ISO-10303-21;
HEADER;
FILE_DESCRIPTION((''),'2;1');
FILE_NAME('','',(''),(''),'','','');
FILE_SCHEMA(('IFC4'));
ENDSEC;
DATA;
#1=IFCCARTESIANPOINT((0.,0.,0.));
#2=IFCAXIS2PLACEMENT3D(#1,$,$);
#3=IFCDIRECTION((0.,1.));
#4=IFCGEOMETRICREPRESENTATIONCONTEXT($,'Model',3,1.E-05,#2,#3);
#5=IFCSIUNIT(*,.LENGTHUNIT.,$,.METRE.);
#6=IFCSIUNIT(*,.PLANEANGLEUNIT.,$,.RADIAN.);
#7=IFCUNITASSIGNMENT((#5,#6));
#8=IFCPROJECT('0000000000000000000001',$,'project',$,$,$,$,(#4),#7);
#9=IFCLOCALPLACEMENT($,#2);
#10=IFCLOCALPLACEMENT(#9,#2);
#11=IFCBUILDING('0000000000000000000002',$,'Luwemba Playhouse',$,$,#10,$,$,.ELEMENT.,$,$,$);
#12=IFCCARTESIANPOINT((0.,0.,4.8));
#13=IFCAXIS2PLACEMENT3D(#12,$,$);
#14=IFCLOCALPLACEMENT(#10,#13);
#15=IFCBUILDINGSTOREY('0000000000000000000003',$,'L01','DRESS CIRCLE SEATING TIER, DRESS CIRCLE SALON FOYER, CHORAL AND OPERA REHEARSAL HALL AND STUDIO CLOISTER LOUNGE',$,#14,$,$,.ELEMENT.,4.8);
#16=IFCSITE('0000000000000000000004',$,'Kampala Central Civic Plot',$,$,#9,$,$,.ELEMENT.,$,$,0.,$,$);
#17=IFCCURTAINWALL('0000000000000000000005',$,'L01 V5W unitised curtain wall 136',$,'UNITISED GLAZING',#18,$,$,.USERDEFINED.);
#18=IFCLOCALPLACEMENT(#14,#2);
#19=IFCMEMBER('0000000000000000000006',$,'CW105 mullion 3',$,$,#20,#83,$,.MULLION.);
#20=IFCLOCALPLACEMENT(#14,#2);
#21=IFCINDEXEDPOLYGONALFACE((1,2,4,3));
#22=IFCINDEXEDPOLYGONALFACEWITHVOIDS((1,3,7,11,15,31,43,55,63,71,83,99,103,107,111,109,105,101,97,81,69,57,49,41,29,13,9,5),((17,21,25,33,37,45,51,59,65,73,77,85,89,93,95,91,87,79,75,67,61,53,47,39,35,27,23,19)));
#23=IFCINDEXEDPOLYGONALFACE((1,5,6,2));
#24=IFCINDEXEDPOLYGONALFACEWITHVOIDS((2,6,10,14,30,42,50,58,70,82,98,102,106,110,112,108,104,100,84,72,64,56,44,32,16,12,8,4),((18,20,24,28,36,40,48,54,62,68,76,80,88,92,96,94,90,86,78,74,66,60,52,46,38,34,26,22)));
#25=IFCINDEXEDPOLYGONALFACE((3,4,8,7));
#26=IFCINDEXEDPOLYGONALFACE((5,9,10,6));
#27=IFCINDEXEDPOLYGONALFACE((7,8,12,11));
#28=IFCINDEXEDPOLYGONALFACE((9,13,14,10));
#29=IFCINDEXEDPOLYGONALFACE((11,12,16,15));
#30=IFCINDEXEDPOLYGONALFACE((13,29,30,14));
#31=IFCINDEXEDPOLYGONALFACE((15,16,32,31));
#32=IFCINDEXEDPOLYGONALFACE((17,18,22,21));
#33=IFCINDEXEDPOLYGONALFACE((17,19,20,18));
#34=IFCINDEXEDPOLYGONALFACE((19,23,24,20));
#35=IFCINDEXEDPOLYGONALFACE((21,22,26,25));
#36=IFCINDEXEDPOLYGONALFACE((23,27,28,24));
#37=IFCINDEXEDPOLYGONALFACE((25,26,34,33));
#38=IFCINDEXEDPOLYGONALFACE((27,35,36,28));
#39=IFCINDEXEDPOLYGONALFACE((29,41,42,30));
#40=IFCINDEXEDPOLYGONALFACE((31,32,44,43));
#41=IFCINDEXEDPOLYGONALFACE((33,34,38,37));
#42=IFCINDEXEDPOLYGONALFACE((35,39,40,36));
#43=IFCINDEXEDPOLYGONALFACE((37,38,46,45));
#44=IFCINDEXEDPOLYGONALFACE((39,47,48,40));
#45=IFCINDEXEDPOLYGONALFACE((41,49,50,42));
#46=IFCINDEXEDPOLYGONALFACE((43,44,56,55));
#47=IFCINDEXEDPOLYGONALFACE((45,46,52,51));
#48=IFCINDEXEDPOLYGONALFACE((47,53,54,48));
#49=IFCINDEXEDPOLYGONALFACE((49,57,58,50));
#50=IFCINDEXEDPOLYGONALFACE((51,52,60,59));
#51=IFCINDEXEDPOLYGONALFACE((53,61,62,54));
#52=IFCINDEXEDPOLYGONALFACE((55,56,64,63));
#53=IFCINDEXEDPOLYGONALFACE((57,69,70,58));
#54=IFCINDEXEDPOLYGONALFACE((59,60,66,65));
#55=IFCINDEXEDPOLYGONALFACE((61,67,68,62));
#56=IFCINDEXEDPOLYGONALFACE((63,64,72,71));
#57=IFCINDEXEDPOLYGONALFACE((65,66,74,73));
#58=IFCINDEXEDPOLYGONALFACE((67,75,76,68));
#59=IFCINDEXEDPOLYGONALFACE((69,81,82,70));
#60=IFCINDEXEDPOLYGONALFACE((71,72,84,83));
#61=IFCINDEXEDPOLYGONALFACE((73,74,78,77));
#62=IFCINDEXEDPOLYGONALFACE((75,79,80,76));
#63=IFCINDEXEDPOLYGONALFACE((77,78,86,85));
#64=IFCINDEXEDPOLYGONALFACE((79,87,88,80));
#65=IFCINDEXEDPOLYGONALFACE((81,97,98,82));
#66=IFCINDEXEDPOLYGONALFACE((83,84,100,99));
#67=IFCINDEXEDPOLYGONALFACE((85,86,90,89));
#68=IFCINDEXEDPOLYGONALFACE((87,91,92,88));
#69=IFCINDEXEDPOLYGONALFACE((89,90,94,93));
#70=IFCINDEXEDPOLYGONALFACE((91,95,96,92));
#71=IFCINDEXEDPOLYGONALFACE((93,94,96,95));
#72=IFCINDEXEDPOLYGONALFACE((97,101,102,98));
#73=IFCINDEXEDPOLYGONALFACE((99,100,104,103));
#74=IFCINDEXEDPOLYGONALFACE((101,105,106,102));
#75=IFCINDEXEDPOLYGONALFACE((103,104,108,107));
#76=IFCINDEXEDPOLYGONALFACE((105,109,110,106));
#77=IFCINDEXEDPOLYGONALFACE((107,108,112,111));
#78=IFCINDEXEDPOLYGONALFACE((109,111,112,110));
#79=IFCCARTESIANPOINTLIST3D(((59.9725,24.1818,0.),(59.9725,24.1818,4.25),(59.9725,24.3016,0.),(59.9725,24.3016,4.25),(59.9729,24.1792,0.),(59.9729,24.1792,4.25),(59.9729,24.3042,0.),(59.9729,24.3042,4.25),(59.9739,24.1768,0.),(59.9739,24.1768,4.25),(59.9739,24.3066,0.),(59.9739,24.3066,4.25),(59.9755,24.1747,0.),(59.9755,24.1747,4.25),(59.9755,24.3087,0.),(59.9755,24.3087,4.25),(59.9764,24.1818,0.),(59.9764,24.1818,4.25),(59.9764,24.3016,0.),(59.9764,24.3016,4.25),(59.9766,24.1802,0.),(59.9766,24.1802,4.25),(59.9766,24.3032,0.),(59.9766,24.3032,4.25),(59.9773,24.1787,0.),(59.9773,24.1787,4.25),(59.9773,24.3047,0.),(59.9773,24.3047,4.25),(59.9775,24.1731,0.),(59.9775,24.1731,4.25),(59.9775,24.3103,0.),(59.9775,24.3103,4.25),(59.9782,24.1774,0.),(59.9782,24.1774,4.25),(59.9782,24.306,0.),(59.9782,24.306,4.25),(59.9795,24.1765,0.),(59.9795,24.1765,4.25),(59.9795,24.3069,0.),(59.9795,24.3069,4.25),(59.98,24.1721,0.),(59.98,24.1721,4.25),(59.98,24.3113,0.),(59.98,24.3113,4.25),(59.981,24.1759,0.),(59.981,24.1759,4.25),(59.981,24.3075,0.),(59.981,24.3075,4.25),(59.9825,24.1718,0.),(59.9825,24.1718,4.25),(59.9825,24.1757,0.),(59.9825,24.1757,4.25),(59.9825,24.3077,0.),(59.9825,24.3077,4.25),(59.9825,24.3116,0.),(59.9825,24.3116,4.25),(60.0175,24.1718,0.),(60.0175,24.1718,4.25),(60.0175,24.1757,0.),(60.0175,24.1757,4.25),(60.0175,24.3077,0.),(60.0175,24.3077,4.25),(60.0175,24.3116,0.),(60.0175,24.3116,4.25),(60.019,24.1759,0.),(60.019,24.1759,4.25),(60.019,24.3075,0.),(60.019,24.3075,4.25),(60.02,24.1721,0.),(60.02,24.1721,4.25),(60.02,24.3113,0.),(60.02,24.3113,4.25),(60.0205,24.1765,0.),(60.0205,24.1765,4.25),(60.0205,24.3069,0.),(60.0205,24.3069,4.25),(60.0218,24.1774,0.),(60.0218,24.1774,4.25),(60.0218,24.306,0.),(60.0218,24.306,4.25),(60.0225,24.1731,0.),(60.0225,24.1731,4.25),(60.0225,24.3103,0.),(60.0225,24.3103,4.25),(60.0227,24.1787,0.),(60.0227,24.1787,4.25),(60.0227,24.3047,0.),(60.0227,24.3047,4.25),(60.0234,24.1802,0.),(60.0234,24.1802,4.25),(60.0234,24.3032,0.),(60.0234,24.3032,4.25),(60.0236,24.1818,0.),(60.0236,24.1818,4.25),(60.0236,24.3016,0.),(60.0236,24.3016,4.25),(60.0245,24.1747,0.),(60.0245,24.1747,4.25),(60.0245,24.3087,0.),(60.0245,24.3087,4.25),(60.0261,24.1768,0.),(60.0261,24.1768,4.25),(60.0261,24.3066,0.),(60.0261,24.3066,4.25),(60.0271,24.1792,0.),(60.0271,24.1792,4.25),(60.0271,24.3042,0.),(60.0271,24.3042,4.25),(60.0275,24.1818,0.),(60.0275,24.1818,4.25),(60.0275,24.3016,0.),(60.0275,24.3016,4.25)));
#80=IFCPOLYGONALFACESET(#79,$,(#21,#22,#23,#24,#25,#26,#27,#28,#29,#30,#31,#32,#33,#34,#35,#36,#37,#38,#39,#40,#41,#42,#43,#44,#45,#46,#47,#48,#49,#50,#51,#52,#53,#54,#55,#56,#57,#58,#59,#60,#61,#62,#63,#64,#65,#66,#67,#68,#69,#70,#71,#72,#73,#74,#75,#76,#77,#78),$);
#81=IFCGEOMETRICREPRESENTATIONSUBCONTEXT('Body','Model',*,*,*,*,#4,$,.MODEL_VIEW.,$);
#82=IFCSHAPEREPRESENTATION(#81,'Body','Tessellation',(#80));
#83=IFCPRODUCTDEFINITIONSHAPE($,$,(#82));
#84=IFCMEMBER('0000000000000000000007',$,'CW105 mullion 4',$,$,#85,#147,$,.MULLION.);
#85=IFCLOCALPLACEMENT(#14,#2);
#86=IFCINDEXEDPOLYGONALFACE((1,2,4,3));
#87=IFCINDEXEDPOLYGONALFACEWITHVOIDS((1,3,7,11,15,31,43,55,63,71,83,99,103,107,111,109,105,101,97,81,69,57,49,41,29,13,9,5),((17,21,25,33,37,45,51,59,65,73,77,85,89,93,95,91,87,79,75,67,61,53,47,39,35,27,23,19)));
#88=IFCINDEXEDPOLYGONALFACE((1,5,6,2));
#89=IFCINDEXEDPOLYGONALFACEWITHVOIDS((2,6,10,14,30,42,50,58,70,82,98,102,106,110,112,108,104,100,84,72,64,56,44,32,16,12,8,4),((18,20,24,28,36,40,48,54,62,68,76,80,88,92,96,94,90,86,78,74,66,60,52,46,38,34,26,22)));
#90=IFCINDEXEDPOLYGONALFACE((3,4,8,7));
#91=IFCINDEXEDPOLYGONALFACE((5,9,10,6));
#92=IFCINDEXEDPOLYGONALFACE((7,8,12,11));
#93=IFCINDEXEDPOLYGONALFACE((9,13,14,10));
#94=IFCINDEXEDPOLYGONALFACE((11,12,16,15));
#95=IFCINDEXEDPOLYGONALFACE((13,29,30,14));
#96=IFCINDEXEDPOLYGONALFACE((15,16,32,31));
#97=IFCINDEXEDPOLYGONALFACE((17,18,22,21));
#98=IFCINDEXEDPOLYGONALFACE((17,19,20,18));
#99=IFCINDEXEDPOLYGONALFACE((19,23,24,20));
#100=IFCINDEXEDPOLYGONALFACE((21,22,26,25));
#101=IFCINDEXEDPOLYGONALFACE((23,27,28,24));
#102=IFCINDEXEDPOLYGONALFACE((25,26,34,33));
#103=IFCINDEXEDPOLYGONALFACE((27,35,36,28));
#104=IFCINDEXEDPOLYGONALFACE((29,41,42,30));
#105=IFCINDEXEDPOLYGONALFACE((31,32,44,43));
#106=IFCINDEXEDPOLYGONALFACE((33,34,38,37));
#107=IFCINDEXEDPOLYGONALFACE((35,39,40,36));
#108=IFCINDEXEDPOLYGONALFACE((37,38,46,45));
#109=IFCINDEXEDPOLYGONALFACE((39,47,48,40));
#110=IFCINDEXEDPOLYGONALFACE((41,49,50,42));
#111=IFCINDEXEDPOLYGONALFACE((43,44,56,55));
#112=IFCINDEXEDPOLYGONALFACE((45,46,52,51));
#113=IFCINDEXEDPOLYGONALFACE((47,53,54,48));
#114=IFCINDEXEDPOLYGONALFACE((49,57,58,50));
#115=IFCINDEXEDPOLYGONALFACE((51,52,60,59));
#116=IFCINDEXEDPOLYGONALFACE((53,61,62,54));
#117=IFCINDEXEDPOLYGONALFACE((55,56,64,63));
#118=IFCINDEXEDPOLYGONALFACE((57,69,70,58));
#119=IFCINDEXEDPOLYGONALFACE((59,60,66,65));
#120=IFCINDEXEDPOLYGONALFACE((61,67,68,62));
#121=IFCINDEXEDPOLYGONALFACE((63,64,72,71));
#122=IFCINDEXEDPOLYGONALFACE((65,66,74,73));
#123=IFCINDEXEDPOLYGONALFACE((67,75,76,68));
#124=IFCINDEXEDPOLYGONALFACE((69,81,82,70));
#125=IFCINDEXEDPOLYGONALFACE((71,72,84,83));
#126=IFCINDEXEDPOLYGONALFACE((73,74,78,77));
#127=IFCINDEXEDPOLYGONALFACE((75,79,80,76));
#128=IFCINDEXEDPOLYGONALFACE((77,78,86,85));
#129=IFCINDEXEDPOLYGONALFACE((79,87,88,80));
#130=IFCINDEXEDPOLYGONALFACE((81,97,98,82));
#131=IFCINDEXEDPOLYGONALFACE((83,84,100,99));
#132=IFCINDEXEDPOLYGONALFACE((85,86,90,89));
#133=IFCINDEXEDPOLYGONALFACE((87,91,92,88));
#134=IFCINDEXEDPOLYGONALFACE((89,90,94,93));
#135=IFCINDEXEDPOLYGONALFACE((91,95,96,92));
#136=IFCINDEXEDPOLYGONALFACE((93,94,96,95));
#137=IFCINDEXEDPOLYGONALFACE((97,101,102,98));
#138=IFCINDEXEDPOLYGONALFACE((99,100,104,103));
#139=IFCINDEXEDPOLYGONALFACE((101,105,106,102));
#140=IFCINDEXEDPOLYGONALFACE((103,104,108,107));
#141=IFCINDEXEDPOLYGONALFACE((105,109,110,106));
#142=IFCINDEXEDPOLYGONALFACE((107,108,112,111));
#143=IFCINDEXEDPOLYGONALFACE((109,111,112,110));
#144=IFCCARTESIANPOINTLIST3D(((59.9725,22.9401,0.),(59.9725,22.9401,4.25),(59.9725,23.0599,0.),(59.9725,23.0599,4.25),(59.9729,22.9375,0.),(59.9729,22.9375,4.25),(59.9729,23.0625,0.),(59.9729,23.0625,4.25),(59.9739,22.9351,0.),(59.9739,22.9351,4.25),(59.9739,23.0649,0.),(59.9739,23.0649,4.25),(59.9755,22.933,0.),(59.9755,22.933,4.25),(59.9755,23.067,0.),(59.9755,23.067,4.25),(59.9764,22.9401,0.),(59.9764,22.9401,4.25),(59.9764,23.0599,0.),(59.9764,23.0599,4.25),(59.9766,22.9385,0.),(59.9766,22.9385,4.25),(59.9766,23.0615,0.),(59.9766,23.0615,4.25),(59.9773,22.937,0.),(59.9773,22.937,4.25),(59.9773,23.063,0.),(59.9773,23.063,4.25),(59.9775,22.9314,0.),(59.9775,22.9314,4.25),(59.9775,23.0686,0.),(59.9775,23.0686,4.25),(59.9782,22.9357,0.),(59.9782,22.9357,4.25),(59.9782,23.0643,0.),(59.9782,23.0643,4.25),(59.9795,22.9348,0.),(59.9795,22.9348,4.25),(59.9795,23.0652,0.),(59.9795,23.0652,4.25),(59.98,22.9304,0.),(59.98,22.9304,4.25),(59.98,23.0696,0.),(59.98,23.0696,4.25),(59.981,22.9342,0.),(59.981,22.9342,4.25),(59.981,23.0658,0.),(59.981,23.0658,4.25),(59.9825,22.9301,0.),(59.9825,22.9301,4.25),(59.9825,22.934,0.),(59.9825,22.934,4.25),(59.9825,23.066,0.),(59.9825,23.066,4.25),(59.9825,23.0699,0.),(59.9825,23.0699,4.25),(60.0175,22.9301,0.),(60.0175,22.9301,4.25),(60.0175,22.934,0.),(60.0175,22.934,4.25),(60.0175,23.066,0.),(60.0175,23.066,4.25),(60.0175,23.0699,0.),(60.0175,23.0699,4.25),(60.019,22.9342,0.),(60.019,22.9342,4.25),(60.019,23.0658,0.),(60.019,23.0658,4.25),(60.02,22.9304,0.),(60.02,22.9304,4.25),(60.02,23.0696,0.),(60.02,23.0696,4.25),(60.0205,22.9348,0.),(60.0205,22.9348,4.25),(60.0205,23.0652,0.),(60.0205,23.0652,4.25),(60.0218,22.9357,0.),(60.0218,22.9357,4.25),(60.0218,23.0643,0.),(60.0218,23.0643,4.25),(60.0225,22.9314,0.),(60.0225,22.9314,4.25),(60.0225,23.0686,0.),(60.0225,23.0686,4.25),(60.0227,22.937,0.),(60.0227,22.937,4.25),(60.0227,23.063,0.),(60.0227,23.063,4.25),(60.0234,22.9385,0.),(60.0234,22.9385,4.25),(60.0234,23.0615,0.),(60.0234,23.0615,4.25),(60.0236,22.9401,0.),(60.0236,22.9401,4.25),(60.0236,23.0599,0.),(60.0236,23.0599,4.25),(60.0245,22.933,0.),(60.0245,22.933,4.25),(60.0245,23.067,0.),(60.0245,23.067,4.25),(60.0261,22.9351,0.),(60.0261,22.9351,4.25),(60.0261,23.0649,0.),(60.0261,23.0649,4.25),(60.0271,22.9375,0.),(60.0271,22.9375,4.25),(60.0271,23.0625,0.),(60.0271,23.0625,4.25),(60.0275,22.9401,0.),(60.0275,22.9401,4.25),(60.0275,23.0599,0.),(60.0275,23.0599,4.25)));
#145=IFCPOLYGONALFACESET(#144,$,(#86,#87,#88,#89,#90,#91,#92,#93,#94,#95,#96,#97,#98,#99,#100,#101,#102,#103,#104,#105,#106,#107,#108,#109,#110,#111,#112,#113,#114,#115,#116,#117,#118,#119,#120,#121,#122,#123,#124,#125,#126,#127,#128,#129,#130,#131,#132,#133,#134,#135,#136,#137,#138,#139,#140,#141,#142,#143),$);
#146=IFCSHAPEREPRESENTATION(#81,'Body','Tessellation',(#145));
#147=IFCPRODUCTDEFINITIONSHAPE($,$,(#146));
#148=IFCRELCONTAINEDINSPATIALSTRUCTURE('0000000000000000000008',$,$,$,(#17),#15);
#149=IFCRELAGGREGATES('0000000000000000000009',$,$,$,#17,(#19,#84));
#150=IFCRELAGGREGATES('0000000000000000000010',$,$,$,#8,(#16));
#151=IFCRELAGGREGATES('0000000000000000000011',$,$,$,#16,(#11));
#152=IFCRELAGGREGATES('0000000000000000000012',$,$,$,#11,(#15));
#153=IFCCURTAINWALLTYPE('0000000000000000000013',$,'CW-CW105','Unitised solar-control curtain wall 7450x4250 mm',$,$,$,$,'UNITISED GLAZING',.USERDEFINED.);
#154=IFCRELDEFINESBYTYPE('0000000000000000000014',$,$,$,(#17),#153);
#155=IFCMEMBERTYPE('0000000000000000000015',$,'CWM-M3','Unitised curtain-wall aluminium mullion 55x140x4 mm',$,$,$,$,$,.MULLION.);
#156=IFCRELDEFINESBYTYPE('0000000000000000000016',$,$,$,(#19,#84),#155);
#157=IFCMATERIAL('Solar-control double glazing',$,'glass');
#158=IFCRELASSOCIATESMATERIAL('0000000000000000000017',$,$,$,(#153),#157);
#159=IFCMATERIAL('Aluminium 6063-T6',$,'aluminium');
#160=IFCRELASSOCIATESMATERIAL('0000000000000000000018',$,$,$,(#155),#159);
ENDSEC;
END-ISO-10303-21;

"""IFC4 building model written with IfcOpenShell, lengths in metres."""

from ifc_helpers import new_model, si_unit, direction, frame, origin, origin_2d, place, context, subcontext, project, spatial, hollow_rectangle, extrude, material, material_profile, profile_set, type_object, element, aggregate, save


model = new_model("IFC4")

# Units and contexts
model_context = context("Model", 3, precision=1e-05, world=origin(), true_north=direction((0.0, 1.0)))
body_context = subcontext(model_context, "Body", "Model", "MODEL_VIEW")
ifc_project = project(units=[si_unit("LENGTHUNIT", "METRE"), si_unit("PLANEANGLEUNIT", "RADIAN")], contexts=[model_context])

# Site, building, storey
site_placement = place(None, origin())
site = spatial("IfcSite", under=ifc_project, at=site_placement, Name="Kampala Central Civic Plot", CompositionType="ELEMENT", RefElevation=0.0)
building_placement = place(site_placement, origin())
building = spatial("IfcBuilding", under=site, at=building_placement, Name="Luwemba Playhouse", CompositionType="ELEMENT")
storey_placement = place(building_placement, frame((0.0, 0.0, 4.8)))
storey = spatial("IfcBuildingStorey", under=building, at=storey_placement, Name="L01", Description="DRESS CIRCLE SEATING TIER, DRESS CIRCLE SALON FOYER, CHORAL AND OPERA REHEARSAL HALL AND STUDIO CLOISTER LOUNGE", CompositionType="ELEMENT", Elevation=4.8)

# Curtain wall, members
ifc_material_1 = material(Name="Solar-control double glazing", Category="glass")
curtain_wall_type = type_object("IfcCurtainWallType", Name="CW-CW105", Description="Unitised solar-control curtain wall 7450x4250 mm", ElementType="UNITISED GLAZING", PredefinedType="USERDEFINED", material=ifc_material_1)
curtain_wall_placement = place(storey_placement, origin())
curtain_wall = element("IfcCurtainWall", 1, at=curtain_wall_placement, inside=storey, type_object=curtain_wall_type, Name="L01 V5W unitised curtain wall 136", ObjectType="UNITISED GLAZING", PredefinedType="USERDEFINED")
ifc_material_2 = material(Name="Aluminium 6063-T6", Category="aluminium")
ifc_material_profile_1 = material_profile(ifc_material_2, hollow_rectangle(XDim=0.0549, YDim=0.1399, WallThickness=0.0039, InnerFilletRadius=0.0061, OuterFilletRadius=0.01, at=origin_2d()))
ifc_profile_set_1 = profile_set([ifc_material_profile_1], Name="Aluminium 6063-T6")
member_type_1 = type_object("IfcMemberType", Name="CWM-M3", Description="Unitised curtain-wall aluminium mullion 55x140x4 mm", PredefinedType="MULLION", material=ifc_profile_set_1)
member_1_placement = place(storey_placement, frame((60.0, 24.2417, 0.0), z_axis=(0.0, 0.0, 1.0), x_axis=(1.0, 0.0, 0.0)))
member_1 = element("IfcMember", 2, at=member_1_placement, type_object=member_type_1, Name="CW105 mullion 3", PredefinedType="MULLION", context=body_context, shape_type="SweptSolid", body=[
    extrude(hollow_rectangle(XDim=0.0549, YDim=0.1399, WallThickness=0.0039, InnerFilletRadius=0.0061, OuterFilletRadius=0.01, at=origin_2d()), origin(), (0.0, 0.0, 1.0), 4.25),
])
member_2_placement = place(storey_placement, frame((60.0, 23.0, 0.0), z_axis=(0.0, 0.0, 1.0), x_axis=(1.0, 0.0, 0.0)))
member_2 = element("IfcMember", 3, at=member_2_placement, type_object=member_type_1, Name="CW105 mullion 4", PredefinedType="MULLION", context=body_context, shape_type="SweptSolid", body=[
    extrude(hollow_rectangle(XDim=0.0549, YDim=0.1399, WallThickness=0.0039, InnerFilletRadius=0.0061, OuterFilletRadius=0.01, at=origin_2d()), origin(), (0.0, 0.0, 1.0), 4.25),
])
aggregate(curtain_wall, [member_1, member_2])

save(model, "model.ifc")
